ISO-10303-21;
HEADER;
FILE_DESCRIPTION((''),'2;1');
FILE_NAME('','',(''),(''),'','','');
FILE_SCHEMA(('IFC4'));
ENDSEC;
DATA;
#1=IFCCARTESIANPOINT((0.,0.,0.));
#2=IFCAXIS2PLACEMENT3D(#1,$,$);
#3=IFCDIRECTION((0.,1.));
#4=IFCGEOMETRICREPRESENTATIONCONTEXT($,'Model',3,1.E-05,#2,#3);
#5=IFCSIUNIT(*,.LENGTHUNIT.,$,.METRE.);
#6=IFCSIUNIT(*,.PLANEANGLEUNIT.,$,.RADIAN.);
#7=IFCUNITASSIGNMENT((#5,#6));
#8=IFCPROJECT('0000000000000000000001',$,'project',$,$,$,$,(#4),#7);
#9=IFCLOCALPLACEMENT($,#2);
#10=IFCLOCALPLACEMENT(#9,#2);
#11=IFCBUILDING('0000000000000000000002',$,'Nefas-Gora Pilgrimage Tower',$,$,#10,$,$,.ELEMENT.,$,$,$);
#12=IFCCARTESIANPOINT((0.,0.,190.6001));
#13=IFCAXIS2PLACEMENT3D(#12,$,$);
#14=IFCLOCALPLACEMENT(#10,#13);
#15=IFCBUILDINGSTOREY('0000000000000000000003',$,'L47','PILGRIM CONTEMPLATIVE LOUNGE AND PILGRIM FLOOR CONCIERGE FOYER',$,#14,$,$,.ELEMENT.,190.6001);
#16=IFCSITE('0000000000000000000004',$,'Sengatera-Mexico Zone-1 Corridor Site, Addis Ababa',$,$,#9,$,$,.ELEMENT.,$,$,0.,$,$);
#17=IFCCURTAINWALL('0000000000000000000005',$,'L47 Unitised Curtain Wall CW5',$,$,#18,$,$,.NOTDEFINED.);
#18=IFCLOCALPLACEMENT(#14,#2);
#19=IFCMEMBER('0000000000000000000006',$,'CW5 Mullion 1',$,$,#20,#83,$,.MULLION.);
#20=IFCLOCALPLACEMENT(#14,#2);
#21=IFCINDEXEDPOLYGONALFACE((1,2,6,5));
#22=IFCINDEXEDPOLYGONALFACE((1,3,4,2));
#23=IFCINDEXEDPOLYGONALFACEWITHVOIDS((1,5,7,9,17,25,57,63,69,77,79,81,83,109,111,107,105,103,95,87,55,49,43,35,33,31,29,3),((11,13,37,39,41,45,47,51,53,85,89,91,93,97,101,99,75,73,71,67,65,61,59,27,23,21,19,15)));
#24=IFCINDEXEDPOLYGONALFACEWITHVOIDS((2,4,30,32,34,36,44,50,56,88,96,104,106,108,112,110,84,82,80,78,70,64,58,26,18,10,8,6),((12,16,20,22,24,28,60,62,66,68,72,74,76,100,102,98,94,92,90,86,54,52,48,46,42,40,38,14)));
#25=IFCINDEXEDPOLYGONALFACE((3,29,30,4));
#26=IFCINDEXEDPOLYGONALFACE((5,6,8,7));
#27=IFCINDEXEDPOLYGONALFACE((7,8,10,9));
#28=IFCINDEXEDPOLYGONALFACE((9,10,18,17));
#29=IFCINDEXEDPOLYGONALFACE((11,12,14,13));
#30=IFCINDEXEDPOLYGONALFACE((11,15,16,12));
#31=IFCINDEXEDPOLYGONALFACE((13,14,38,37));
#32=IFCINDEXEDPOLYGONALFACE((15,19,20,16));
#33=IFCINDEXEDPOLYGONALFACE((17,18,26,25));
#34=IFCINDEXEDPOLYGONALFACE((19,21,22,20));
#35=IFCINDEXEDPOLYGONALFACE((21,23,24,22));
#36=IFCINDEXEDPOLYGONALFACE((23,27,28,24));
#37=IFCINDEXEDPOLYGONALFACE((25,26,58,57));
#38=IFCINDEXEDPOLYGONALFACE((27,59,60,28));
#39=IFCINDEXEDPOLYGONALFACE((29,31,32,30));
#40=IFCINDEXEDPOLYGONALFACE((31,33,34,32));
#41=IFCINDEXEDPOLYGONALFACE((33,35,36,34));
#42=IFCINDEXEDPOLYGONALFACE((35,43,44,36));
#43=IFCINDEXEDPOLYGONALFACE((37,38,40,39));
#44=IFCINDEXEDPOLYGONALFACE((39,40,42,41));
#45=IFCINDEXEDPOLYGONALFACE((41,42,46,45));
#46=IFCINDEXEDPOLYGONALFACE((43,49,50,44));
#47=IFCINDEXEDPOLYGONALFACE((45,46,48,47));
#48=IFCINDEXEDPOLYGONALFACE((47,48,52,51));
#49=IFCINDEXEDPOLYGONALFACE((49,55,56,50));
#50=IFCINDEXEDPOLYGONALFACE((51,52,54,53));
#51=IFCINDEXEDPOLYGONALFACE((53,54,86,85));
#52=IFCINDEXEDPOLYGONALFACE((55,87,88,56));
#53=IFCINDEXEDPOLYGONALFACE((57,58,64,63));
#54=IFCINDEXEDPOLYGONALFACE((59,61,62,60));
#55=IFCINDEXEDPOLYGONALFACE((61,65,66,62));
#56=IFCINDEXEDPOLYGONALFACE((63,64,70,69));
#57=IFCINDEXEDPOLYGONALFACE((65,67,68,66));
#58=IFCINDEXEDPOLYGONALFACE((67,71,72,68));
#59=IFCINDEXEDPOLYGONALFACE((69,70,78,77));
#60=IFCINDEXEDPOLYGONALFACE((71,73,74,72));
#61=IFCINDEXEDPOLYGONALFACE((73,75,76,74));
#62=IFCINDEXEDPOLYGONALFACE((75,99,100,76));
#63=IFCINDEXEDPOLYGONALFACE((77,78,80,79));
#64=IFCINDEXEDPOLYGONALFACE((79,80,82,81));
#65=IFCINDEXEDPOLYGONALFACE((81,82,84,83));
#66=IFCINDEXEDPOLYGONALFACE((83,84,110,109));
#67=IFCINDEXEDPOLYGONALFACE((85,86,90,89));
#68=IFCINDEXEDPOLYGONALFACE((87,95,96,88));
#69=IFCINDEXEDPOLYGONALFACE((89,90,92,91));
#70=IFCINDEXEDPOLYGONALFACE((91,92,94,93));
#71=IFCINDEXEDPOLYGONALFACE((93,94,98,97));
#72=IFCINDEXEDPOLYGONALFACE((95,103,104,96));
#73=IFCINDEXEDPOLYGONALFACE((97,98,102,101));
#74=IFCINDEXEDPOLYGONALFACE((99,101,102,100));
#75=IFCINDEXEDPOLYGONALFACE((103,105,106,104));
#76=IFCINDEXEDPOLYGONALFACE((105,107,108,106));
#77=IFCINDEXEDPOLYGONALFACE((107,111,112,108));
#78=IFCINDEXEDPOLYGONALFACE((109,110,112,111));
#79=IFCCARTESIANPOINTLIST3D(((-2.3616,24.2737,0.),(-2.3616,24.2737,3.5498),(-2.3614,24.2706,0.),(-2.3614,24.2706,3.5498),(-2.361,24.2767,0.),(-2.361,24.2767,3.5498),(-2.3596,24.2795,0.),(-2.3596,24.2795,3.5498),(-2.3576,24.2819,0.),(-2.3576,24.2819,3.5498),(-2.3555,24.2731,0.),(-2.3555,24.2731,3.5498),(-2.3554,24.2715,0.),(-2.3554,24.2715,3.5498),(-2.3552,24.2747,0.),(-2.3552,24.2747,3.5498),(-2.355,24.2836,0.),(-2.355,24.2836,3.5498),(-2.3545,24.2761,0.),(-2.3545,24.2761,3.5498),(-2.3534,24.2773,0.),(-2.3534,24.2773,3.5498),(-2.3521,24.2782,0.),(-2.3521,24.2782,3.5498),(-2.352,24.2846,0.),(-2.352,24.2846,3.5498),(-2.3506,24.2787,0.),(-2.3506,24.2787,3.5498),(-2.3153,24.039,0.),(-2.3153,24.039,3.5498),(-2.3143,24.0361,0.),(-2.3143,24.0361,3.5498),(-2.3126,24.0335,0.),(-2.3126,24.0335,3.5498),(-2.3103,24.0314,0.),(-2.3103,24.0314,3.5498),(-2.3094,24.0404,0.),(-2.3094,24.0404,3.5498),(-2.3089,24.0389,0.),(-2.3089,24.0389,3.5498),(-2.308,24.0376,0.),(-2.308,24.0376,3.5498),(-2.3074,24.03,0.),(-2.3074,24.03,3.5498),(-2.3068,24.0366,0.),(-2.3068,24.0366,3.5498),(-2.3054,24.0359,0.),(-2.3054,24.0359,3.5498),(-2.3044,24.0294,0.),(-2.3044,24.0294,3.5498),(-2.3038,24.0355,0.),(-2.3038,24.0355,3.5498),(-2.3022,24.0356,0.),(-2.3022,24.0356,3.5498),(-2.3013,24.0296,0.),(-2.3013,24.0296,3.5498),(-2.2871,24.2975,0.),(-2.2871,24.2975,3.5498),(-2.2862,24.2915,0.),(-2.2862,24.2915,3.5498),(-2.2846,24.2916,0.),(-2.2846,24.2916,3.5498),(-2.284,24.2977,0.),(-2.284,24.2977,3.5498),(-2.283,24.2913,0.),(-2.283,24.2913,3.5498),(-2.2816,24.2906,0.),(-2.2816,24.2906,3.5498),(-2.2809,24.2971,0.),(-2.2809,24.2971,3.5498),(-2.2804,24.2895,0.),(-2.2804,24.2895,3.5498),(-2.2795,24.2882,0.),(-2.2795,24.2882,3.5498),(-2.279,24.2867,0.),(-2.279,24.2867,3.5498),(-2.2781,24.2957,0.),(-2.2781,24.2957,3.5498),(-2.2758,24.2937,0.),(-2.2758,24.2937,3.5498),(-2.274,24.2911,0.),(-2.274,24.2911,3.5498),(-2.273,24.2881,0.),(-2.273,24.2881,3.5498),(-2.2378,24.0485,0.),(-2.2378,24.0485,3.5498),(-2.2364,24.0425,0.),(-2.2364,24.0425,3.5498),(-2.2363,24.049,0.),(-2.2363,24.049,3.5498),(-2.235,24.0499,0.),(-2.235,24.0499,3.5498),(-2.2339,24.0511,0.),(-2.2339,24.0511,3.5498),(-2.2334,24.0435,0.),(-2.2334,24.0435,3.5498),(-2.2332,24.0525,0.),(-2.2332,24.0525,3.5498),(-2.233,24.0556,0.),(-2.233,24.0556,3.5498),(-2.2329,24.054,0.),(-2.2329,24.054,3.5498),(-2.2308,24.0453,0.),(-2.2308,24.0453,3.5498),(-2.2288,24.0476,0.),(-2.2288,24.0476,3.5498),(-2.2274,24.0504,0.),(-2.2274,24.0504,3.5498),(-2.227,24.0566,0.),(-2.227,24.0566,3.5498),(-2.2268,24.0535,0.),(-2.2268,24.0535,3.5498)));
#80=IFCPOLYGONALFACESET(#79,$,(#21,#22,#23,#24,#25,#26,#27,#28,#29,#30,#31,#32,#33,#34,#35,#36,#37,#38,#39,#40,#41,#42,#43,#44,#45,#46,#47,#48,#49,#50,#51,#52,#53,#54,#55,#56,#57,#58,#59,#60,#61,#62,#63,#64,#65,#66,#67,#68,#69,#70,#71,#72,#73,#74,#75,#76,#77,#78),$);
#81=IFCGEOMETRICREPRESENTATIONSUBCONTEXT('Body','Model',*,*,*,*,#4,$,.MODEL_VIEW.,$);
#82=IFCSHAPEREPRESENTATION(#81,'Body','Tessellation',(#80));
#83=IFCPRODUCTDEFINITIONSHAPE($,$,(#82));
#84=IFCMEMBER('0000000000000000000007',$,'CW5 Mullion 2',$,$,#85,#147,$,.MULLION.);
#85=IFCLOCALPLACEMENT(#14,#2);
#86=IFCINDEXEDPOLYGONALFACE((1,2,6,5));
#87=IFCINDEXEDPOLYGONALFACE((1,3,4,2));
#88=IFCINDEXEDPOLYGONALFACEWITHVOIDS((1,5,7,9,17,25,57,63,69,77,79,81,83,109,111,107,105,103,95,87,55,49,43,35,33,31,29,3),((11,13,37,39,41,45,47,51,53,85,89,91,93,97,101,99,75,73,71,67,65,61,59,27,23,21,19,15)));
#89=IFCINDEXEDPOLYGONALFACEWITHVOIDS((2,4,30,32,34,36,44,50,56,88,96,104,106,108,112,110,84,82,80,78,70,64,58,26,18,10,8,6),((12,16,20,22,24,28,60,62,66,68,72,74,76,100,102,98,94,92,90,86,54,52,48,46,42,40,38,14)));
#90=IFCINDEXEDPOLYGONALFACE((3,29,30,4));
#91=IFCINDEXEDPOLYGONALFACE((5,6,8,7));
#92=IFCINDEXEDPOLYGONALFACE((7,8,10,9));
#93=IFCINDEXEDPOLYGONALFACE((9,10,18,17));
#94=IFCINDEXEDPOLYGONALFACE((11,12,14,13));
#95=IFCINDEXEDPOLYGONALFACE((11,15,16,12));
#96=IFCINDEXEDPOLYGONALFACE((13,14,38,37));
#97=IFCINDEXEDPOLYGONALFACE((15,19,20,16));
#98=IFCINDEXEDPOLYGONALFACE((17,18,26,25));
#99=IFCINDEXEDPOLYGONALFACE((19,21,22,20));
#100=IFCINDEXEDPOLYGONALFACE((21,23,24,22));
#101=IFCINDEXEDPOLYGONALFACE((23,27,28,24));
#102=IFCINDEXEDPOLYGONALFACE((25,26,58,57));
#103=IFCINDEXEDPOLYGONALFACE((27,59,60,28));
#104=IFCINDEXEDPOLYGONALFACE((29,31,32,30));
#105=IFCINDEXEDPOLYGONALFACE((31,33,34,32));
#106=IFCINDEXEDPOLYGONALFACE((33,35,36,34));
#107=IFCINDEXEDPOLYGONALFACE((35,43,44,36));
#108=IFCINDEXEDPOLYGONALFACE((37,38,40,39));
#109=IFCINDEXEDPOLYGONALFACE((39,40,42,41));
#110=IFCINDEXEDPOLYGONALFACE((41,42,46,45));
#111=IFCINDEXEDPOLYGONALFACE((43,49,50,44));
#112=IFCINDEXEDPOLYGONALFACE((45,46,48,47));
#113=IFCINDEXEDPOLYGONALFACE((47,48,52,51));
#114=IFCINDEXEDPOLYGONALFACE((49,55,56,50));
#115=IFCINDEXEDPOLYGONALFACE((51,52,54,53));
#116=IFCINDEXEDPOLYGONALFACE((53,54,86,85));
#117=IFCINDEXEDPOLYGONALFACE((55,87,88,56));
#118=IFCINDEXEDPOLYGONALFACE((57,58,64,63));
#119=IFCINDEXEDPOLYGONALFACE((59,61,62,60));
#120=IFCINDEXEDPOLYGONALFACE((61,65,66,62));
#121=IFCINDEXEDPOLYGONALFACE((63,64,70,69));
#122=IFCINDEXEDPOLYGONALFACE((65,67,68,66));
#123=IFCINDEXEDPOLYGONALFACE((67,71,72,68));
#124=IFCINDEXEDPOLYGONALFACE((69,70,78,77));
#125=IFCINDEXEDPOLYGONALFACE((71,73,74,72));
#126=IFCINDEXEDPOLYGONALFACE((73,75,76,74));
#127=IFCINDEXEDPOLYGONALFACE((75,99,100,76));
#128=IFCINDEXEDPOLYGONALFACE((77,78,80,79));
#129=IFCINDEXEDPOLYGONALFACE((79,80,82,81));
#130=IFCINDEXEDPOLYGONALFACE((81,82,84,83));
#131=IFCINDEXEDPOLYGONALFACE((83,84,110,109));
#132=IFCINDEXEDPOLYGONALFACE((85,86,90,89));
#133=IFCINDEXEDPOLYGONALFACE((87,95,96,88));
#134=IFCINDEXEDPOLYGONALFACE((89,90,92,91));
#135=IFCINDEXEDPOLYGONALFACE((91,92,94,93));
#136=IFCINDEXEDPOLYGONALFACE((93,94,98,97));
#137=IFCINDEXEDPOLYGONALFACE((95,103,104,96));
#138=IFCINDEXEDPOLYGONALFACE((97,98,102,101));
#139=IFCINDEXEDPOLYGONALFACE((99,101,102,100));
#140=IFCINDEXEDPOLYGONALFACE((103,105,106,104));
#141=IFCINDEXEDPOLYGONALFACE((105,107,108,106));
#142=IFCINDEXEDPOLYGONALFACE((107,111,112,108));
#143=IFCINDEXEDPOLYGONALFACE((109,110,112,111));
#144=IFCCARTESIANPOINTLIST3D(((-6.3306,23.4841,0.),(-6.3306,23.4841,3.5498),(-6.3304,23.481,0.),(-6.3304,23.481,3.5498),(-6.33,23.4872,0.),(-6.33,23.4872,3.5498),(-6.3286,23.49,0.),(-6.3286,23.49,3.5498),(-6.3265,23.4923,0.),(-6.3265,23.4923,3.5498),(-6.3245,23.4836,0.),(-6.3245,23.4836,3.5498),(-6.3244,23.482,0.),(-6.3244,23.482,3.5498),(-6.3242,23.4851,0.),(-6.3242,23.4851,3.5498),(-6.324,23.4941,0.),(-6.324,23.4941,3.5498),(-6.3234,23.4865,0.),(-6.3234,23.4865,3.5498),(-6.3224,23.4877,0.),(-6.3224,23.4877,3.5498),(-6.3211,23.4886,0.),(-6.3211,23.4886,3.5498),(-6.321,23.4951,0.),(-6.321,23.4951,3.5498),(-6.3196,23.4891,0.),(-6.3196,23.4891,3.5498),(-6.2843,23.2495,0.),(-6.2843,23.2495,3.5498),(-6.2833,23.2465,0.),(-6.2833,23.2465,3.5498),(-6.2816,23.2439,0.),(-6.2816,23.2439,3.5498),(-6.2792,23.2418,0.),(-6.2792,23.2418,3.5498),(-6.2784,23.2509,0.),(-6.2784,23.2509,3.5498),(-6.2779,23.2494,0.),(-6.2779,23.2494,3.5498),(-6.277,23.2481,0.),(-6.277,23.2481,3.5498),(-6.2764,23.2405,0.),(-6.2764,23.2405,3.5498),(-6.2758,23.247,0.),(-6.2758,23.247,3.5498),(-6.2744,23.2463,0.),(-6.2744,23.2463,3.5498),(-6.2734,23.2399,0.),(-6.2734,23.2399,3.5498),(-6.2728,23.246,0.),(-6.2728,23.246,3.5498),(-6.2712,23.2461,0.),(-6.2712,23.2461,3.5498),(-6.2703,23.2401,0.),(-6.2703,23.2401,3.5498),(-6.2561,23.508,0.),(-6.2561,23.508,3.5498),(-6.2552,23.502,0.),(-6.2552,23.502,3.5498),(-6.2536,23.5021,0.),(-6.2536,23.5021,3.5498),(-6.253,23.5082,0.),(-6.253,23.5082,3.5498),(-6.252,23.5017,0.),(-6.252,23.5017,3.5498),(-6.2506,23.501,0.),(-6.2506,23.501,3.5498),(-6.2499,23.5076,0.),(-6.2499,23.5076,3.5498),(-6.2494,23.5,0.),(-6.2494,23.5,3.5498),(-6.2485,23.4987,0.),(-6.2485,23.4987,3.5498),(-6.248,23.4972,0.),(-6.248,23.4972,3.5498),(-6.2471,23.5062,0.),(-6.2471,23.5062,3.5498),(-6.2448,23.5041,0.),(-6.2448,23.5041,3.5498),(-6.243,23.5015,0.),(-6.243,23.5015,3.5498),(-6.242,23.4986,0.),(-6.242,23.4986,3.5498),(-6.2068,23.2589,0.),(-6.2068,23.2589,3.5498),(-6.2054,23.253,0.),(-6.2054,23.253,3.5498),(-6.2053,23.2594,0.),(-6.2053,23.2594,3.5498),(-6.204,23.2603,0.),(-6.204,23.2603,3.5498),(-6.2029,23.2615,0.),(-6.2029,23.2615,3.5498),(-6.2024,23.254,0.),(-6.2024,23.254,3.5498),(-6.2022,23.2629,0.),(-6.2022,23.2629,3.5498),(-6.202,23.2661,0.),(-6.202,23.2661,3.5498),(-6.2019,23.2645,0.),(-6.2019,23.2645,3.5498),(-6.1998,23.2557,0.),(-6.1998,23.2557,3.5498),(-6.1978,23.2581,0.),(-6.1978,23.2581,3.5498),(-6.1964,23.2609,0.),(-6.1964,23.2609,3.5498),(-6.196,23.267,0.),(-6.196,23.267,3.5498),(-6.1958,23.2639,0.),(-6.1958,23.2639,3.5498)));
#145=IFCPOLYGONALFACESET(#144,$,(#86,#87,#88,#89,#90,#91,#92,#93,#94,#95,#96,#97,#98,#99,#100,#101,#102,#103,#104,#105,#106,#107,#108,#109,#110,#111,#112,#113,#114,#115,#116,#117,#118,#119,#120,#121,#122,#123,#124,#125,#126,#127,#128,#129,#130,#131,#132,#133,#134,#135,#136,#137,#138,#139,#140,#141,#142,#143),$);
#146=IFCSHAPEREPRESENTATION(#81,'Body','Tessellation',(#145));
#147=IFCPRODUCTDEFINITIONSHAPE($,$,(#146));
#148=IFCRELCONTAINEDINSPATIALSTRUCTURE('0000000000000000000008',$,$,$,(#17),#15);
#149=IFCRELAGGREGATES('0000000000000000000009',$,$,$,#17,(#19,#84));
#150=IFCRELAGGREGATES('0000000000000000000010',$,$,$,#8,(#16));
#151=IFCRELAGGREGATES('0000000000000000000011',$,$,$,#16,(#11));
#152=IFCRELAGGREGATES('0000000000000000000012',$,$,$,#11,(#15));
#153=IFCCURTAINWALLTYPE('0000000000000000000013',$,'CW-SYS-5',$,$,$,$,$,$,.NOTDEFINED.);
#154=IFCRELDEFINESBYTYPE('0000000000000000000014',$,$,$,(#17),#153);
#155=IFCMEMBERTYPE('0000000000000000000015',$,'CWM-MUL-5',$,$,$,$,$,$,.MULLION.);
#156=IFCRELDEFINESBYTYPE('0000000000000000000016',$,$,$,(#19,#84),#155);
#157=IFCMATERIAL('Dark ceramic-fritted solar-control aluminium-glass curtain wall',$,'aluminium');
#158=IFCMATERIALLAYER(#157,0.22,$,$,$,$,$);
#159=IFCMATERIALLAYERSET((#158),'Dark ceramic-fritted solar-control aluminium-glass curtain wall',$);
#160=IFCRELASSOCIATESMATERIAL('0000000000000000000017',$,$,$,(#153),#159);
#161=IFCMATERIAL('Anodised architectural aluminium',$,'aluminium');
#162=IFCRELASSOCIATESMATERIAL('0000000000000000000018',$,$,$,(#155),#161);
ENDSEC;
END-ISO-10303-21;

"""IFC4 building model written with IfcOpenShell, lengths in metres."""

from ifc_helpers import new_model, si_unit, direction, frame, origin, origin_2d, place, context, subcontext, project, spatial, hollow_rectangle, extrude, source, transform, mapped, material, layer, layer_set, material_profile, profile_set, type_object, element, aggregate, save


model = new_model("IFC4")

# Units and contexts
model_context = context("Model", 3, precision=1e-05, world=origin(), true_north=direction((0.0, 1.0)))
body_context = subcontext(model_context, "Body", "Model", "MODEL_VIEW")
ifc_project = project(units=[si_unit("LENGTHUNIT", "METRE"), si_unit("PLANEANGLEUNIT", "RADIAN")], contexts=[model_context])

# Site, building, storey
site_placement = place(None, origin())
site = spatial("IfcSite", under=ifc_project, at=site_placement, Name="Sengatera-Mexico Zone-1 Corridor Site, Addis Ababa", CompositionType="ELEMENT", RefElevation=0.0)
building_placement = place(site_placement, origin())
building = spatial("IfcBuilding", under=site, at=building_placement, Name="Nefas-Gora Pilgrimage Tower", CompositionType="ELEMENT")
storey_placement = place(building_placement, frame((0.0, 0.0, 190.6001)))
storey = spatial("IfcBuildingStorey", under=building, at=storey_placement, Name="L47", Description="PILGRIM CONTEMPLATIVE LOUNGE AND PILGRIM FLOOR CONCIERGE FOYER", CompositionType="ELEMENT", Elevation=190.6001)

# Shared definitions
ifc_material_1 = material(Name="Dark ceramic-fritted solar-control aluminium-glass curtain wall", Category="aluminium")
ifc_layer_1 = layer(ifc_material_1, 0.22)
ifc_layer_set_1 = layer_set([ifc_layer_1], Name="Dark ceramic-fritted solar-control aluminium-glass curtain wall")
curtain_wall_type = type_object("IfcCurtainWallType", Name="CW-SYS-5", PredefinedType="NOTDEFINED", material=ifc_layer_set_1)
ifc_material_2 = material(Name="Anodised architectural aluminium", Category="aluminium")

# Curtain wall, members
curtain_wall_1_placement = place(storey_placement, origin())
curtain_wall_1 = element("IfcCurtainWall", 1, at=curtain_wall_1_placement, inside=storey, type_object=curtain_wall_type, Name="L47 Unitised Curtain Wall CW5", PredefinedType="NOTDEFINED")
ifc_material_profile_1 = material_profile(ifc_material_2, hollow_rectangle(XDim=0.0901, YDim=0.26, WallThickness=0.0061, InnerFilletRadius=0.0061, OuterFilletRadius=0.012, at=origin_2d()), Name="ALU MULLION 90x260")
ifc_profile_set_1 = profile_set([ifc_material_profile_1], Name="Anodised architectural aluminium")
member_type_1 = type_object("IfcMemberType", Name="CWM-MUL-5", PredefinedType="MULLION", material=ifc_profile_set_1)
shared_shape_1 = source(origin(), body_context, "Body", "SweptSolid", [
    extrude(hollow_rectangle(XDim=0.0901, YDim=0.26, WallThickness=0.0061, InnerFilletRadius=0.0061, OuterFilletRadius=0.012, at=origin_2d()), origin(), (0.0, 0.0, 1.0), 3.5498),
])
member_1_placement = place(storey_placement, frame((-2.2942, 24.1636, 0.0), z_axis=(0.0, 0.0, 1.0), x_axis=(-0.980783, -0.195102, 0.0)))
member_1 = element("IfcMember", 2, at=member_1_placement, type_object=member_type_1, Name="CW5 Mullion 1", PredefinedType="MULLION", context=body_context, shape_type="MappedRepresentation", body=[
    mapped(shared_shape_1, transform((0.0, 0.0, 0.0), x_axis=(1.0, 0.0, 0.0), y_axis=(0.0, 1.0, 0.0), z_axis=(0.0, 0.0, 1.0), scale=1.0)),
])
member_2_placement = place(storey_placement, frame((-6.2632, 23.374, 0.0), z_axis=(0.0, 0.0, 1.0), x_axis=(-0.980783, -0.195102, 0.0)))
member_2 = element("IfcMember", 3, at=member_2_placement, type_object=member_type_1, Name="CW5 Mullion 2", PredefinedType="MULLION", context=body_context, shape_type="MappedRepresentation", body=[
    mapped(shared_shape_1, transform((0.0, 0.0, 0.0), x_axis=(1.0, 0.0, 0.0), y_axis=(0.0, 1.0, 0.0), z_axis=(0.0, 0.0, 1.0), scale=1.0)),
])

aggregate(curtain_wall_1, [member_1, member_2])

save(model, "model.ifc")
